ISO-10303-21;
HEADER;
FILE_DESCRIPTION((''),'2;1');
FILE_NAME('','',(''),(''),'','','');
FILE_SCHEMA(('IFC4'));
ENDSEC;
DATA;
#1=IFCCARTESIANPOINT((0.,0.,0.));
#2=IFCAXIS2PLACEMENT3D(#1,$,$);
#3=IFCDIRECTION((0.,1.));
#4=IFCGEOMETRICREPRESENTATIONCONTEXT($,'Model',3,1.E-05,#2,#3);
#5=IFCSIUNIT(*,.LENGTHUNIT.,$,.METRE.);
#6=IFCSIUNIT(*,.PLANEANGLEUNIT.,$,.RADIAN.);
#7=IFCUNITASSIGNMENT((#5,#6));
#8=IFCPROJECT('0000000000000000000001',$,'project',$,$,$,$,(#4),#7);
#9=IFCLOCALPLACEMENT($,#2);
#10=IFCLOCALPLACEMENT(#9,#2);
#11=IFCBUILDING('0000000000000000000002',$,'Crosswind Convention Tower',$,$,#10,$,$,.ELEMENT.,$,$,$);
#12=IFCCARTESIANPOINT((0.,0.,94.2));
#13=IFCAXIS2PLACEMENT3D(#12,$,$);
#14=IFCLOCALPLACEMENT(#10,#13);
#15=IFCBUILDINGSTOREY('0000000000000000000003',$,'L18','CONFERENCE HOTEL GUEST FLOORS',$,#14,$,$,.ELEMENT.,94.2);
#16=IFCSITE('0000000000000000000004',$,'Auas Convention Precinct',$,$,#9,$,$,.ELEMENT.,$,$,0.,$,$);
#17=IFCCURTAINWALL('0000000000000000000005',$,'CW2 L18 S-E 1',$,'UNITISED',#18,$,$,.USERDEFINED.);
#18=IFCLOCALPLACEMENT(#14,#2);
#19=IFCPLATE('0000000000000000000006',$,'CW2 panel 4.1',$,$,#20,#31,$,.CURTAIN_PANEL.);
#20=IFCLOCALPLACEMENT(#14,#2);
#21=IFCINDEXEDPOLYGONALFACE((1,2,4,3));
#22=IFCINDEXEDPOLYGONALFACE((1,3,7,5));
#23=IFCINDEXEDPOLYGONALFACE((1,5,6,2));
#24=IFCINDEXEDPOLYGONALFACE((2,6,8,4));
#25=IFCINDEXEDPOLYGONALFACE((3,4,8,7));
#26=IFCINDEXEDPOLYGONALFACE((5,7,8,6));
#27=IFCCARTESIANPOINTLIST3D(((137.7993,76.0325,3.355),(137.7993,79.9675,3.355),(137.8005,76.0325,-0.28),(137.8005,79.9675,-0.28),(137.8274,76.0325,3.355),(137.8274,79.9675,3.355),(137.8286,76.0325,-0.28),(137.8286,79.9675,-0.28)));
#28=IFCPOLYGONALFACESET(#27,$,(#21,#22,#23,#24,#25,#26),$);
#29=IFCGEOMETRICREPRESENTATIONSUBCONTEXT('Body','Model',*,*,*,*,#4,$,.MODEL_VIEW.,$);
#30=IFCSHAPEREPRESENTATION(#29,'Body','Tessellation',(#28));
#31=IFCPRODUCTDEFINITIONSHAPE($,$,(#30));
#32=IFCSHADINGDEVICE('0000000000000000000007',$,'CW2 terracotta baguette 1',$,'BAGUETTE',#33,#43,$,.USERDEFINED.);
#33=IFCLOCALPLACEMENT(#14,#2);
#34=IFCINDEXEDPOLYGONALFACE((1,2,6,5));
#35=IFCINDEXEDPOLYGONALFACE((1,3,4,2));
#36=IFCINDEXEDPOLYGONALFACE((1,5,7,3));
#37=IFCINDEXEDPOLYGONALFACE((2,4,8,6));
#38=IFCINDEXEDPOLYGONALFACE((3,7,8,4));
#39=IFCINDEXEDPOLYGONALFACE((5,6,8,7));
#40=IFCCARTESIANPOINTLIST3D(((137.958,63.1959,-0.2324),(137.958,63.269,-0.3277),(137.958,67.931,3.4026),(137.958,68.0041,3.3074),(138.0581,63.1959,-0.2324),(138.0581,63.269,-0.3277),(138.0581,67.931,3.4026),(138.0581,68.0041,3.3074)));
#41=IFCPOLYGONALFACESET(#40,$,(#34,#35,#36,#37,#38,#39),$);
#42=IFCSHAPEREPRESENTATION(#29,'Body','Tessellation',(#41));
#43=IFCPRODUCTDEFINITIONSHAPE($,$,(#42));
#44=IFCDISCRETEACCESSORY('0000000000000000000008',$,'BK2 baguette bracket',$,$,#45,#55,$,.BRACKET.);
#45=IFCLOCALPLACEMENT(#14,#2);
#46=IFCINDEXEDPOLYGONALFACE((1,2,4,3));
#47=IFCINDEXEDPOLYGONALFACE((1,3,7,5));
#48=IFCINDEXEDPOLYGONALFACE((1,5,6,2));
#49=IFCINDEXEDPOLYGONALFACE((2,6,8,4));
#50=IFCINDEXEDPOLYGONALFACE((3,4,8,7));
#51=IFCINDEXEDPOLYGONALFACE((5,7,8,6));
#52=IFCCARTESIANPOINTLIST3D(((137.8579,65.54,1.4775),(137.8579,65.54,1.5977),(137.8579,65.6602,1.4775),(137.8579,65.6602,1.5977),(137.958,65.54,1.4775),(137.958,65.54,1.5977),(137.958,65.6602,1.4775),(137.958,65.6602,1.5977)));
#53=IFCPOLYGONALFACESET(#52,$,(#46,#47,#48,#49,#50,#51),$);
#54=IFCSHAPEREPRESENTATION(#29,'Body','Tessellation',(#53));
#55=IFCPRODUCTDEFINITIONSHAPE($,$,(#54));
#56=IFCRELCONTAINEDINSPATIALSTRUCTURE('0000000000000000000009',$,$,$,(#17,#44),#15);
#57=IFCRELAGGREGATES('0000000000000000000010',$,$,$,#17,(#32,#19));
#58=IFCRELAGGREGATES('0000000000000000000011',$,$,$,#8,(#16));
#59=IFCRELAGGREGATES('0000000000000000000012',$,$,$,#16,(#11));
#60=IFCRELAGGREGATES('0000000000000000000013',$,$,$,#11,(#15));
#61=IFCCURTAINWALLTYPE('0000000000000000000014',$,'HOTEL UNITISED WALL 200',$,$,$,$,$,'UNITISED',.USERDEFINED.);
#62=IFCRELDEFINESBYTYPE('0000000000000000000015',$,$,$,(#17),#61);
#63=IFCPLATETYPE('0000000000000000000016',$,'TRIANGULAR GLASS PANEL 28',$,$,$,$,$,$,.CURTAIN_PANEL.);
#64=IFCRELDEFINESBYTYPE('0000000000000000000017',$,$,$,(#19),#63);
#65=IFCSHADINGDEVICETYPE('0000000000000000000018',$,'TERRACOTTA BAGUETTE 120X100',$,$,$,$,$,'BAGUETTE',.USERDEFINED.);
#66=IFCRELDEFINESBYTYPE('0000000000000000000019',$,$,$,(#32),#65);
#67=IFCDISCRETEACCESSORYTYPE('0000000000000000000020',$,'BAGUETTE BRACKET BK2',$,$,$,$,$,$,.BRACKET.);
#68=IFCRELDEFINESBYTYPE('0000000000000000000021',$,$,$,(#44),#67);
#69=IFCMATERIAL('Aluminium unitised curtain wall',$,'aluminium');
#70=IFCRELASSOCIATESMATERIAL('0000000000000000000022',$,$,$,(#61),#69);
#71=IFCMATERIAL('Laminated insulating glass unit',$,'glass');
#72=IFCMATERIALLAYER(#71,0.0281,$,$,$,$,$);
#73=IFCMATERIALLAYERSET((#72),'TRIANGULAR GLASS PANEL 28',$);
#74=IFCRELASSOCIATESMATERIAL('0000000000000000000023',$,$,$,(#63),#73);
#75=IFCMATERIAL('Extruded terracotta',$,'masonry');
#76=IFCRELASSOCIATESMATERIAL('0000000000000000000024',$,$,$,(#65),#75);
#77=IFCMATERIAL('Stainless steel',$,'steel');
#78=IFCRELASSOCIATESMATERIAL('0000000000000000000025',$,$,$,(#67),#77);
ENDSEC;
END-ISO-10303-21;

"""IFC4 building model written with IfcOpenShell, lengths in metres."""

from ifc_helpers import new_model, si_unit, direction, frame, origin, origin_2d, place, context, subcontext, project, spatial, polyline, rectangle, outline, extrude, material, layer, layer_set, material_profile, profile_set, type_object, element, aggregate, save


model = new_model("IFC4")

# Units and contexts
model_context = context("Model", 3, precision=1e-05, world=origin(), true_north=direction((0.0, 1.0)))
body_context = subcontext(model_context, "Body", "Model", "MODEL_VIEW")
ifc_project = project(units=[si_unit("LENGTHUNIT", "METRE"), si_unit("PLANEANGLEUNIT", "RADIAN")], contexts=[model_context])

# Site, building, storey
site_placement = place(None, origin())
site = spatial("IfcSite", under=ifc_project, at=site_placement, Name="Auas Convention Precinct", CompositionType="ELEMENT", RefElevation=0.0)
building_placement = place(site_placement, origin())
building = spatial("IfcBuilding", under=site, at=building_placement, Name="Crosswind Convention Tower", CompositionType="ELEMENT")
storey_placement = place(building_placement, frame((0.0, 0.0, 94.2)))
storey = spatial("IfcBuildingStorey", under=building, at=storey_placement, Name="L18", Description="CONFERENCE HOTEL GUEST FLOORS", CompositionType="ELEMENT", Elevation=94.2)

# Shared definitions
ifc_material_1 = material(Name="Aluminium unitised curtain wall", Category="aluminium")
curtain_wall_type = type_object("IfcCurtainWallType", Name="HOTEL UNITISED WALL 200", ElementType="UNITISED", PredefinedType="USERDEFINED", material=ifc_material_1)

# Curtain wall, plate
curtain_wall_1_placement = place(storey_placement, origin())
curtain_wall_1 = element("IfcCurtainWall", 1, at=curtain_wall_1_placement, inside=storey, type_object=curtain_wall_type, Name="CW2 L18 S-E 1", ObjectType="UNITISED", PredefinedType="USERDEFINED")
ifc_material_2 = material(Name="Laminated insulating glass unit", Category="glass")
ifc_layer_1 = layer(ifc_material_2, 0.0281)
ifc_layer_set_1 = layer_set([ifc_layer_1], Name="TRIANGULAR GLASS PANEL 28")
plate_type = type_object("IfcPlateType", Name="TRIANGULAR GLASS PANEL 28", PredefinedType="CURTAIN_PANEL", material=ifc_layer_set_1)
plate_1_placement = place(storey_placement, frame((137.8286, 76.0325, -0.28), z_axis=(1.0, 0.0, 0.000336), x_axis=(0.0, 1.0, 0.0)))
plate_1 = element("IfcPlate", 2, at=plate_1_placement, type_object=plate_type, Name="CW2 panel 4.1", PredefinedType="CURTAIN_PANEL", context=body_context, shape_type="SweptSolid", body=[
    extrude(outline(polyline([(0.0, 0.0), (3.9351, 0.0), (3.9351, 3.635), (0.0, 3.635), (0.0, 0.0)])), origin(), (0.0, 0.0, -1.0), 0.0281),
])

# Shading device
ifc_material_3 = material(Name="Extruded terracotta", Category="masonry")
ifc_material_profile_1 = material_profile(ifc_material_3, rectangle(XDim=0.1001, YDim=0.1201, at=origin_2d()), Name="TC 100X120")
ifc_profile_set_1 = profile_set([ifc_material_profile_1], Name="Extruded terracotta")
shading_device_type = type_object("IfcShadingDeviceType", Name="TERRACOTTA BAGUETTE 120X100", ElementType="BAGUETTE", PredefinedType="USERDEFINED", material=ifc_profile_set_1)
shading_device_placement = place(storey_placement, frame((138.0081, 63.2324, -0.28), z_axis=(0.0, 0.793221, 0.608934), x_axis=(-1.0, 0.0, 0.0)))
shading_device = element("IfcShadingDevice", 3, at=shading_device_placement, type_object=shading_device_type, Name="CW2 terracotta baguette 1", ObjectType="BAGUETTE", PredefinedType="USERDEFINED", context=body_context, shape_type="SweptSolid", body=[
    extrude(rectangle(XDim=0.1001, YDim=0.1201, at=origin_2d()), origin(), (0.0, 0.0, 1.0), 5.9695),
])
aggregate(curtain_wall_1, [shading_device, plate_1])

# Discrete accessory
ifc_material_4 = material(Name="Stainless steel", Category="steel")
discrete_accessory_type = type_object("IfcDiscreteAccessoryType", Name="BAGUETTE BRACKET BK2", PredefinedType="BRACKET", material=ifc_material_4)
discrete_accessory_placement = place(storey_placement, frame((137.908, 65.6001, 1.4775), z_axis=(0.0, 0.0, 1.0), x_axis=(0.0, 1.0, 0.0)))
element("IfcDiscreteAccessory", 4, at=discrete_accessory_placement, inside=storey, type_object=discrete_accessory_type, Name="BK2 baguette bracket", PredefinedType="BRACKET", context=body_context, shape_type="SweptSolid", body=[
    extrude(rectangle(XDim=0.1201, YDim=0.1001, at=origin_2d()), origin(), (0.0, 0.0, 1.0), 0.1201),
])

save(model, "model.ifc")
